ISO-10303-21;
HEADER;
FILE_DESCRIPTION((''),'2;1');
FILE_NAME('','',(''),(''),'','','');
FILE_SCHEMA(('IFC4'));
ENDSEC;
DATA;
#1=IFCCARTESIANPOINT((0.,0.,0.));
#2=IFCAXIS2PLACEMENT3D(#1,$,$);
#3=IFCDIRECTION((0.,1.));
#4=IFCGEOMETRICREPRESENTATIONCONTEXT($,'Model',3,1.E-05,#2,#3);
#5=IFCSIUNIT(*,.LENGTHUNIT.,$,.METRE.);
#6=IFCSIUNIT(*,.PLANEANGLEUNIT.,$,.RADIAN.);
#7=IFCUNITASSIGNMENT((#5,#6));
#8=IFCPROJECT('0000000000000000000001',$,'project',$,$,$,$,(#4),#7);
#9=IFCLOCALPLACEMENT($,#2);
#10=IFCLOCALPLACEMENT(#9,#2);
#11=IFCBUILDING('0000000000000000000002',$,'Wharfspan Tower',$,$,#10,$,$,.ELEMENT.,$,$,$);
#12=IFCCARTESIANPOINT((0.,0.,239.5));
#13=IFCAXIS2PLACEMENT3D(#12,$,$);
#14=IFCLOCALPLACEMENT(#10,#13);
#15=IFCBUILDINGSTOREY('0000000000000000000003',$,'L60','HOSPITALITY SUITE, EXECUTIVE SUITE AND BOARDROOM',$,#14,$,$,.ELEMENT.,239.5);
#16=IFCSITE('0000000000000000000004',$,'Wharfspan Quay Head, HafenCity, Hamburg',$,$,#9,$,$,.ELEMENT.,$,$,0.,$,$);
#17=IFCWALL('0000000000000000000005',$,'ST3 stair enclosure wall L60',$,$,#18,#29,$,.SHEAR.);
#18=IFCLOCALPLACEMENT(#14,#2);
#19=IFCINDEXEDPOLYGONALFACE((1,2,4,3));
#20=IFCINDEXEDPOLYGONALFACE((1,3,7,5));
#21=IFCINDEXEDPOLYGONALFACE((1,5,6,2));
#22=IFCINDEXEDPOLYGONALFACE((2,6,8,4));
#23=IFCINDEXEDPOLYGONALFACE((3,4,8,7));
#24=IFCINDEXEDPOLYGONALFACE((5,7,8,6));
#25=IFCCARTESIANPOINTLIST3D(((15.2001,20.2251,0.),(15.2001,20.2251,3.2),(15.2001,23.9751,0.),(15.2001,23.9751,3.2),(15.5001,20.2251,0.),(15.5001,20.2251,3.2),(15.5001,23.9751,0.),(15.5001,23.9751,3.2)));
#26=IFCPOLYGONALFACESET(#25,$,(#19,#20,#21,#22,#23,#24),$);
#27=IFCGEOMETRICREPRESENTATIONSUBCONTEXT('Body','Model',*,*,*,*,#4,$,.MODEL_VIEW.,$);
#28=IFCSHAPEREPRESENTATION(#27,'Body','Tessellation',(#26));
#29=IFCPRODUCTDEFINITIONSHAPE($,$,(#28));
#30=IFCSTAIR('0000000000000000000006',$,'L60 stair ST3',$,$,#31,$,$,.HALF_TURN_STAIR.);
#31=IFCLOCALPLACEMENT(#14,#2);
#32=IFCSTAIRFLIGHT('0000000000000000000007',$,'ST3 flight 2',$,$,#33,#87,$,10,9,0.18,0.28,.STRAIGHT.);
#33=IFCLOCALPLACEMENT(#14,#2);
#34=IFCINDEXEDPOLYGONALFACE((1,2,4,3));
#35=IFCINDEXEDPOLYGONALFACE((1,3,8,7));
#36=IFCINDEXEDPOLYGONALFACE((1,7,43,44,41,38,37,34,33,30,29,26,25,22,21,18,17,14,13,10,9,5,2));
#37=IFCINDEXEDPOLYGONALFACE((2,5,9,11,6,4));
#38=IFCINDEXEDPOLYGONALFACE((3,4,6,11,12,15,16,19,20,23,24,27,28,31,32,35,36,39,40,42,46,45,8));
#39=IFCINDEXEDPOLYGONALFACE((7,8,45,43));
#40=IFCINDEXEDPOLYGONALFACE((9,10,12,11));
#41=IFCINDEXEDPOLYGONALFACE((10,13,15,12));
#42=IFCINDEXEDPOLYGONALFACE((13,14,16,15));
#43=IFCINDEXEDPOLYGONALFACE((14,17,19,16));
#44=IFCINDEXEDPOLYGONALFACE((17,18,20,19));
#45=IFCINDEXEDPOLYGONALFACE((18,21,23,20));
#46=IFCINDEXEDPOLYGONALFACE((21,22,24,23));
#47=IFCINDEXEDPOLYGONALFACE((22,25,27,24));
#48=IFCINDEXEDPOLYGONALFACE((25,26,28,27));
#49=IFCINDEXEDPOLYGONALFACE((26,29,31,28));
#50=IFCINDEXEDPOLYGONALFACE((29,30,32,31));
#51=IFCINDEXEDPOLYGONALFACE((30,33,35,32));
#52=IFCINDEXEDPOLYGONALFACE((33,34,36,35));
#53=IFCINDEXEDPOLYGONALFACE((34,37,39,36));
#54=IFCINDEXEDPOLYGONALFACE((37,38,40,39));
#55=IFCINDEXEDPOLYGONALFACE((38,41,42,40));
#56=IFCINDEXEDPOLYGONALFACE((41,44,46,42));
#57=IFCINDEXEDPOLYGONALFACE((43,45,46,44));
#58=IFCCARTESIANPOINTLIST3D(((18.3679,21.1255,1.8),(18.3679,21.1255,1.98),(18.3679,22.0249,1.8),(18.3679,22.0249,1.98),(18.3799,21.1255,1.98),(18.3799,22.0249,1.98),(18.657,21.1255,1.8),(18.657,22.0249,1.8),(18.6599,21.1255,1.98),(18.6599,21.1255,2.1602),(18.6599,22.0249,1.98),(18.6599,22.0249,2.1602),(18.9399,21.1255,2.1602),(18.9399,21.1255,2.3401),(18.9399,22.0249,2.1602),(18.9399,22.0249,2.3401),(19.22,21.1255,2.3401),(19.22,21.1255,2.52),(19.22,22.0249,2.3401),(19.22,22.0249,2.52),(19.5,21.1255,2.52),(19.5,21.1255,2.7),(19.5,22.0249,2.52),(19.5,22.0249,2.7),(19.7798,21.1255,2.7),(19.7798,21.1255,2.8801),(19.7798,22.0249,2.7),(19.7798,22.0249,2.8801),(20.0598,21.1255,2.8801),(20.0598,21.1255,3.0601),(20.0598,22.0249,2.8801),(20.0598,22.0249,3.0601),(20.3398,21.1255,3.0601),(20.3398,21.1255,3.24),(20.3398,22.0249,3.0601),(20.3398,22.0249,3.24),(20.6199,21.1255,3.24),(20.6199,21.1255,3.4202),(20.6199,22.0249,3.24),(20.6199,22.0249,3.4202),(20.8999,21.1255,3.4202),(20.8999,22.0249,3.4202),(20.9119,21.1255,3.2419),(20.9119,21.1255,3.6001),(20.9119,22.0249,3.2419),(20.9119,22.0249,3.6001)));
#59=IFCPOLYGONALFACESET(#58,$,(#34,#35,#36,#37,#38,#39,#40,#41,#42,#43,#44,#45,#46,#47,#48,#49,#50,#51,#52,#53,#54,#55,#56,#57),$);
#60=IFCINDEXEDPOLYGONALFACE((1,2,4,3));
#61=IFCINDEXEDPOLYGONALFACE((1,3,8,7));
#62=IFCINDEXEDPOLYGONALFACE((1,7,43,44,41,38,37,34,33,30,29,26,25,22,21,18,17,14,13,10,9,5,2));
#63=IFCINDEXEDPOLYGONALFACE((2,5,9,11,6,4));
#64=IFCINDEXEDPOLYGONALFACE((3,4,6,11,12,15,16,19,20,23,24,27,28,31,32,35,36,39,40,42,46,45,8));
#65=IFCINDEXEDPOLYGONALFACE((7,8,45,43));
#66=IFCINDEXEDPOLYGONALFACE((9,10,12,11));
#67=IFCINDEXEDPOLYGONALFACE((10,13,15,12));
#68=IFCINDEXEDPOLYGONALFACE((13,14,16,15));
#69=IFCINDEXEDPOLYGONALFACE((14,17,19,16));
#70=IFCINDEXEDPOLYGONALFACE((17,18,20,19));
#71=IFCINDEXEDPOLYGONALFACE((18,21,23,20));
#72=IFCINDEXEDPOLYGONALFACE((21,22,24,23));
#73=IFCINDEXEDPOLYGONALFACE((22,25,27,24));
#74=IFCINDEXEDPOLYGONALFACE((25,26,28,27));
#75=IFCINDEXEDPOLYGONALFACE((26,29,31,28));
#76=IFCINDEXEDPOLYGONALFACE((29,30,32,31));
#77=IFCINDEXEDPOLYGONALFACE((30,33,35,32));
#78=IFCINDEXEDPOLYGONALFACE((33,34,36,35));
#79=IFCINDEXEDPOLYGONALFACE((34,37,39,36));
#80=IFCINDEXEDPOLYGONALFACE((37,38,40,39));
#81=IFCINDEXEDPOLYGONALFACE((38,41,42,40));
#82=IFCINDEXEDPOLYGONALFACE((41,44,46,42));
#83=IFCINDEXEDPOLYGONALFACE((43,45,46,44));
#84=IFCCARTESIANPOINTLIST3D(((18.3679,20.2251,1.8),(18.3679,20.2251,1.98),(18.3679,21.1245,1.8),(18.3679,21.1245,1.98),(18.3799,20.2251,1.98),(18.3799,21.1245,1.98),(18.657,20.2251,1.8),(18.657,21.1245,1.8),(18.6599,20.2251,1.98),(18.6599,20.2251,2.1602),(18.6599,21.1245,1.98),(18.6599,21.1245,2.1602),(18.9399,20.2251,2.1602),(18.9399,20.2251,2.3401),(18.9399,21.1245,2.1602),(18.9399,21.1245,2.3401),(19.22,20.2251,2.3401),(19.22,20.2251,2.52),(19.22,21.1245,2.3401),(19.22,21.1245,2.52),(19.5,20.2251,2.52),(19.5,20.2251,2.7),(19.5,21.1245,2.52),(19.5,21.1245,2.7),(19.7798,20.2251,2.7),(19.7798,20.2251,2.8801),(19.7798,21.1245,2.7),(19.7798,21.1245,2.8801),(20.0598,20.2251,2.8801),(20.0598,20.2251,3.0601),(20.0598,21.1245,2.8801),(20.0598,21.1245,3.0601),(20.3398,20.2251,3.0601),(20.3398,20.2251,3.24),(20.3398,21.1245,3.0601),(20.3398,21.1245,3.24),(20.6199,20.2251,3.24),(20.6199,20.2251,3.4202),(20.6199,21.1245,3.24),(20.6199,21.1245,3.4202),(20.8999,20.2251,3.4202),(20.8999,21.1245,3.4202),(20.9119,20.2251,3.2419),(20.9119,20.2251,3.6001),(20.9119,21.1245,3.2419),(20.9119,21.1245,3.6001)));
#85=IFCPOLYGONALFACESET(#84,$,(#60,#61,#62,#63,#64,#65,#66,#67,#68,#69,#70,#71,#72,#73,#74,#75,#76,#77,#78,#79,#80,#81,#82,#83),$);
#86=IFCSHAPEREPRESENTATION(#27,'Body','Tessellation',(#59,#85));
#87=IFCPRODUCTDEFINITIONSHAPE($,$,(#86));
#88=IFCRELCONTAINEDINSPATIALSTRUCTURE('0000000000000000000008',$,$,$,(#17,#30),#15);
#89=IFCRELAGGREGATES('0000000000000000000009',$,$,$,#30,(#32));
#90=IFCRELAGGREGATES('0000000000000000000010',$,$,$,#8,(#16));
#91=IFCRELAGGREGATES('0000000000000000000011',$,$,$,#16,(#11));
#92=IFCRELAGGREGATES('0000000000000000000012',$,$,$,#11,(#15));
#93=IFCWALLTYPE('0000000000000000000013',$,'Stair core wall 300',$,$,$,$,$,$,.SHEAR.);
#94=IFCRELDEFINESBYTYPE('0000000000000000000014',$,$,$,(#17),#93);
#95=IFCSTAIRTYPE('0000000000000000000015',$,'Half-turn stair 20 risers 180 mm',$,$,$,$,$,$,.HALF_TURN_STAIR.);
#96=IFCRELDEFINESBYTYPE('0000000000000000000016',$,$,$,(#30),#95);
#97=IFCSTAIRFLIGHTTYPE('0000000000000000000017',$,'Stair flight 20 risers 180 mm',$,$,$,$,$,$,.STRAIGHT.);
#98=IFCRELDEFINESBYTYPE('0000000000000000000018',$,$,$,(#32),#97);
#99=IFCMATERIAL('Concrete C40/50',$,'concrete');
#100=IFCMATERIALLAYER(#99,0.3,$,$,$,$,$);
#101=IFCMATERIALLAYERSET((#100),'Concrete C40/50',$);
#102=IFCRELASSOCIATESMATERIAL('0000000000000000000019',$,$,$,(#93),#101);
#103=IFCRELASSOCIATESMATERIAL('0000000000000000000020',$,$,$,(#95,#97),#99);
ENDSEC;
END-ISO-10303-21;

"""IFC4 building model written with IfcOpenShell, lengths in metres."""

from ifc_helpers import new_model, si_unit, direction, frame, frame_2d, origin, place, context, subcontext, project, spatial, polyline, rectangle, outline, extrude, material, layer, layer_set, type_object, element, aggregate, save


model = new_model("IFC4")

# Units and contexts
model_context = context("Model", 3, precision=1e-05, world=origin(), true_north=direction((0.0, 1.0)))
body_context = subcontext(model_context, "Body", "Model", "MODEL_VIEW")
ifc_project = project(units=[si_unit("LENGTHUNIT", "METRE"), si_unit("PLANEANGLEUNIT", "RADIAN")], contexts=[model_context])

# Site, building, storey
site_placement = place(None, origin())
site = spatial("IfcSite", under=ifc_project, at=site_placement, Name="Wharfspan Quay Head, HafenCity, Hamburg", CompositionType="ELEMENT", RefElevation=0.0)
building_placement = place(site_placement, origin())
building = spatial("IfcBuilding", under=site, at=building_placement, Name="Wharfspan Tower", CompositionType="ELEMENT")
storey_placement = place(building_placement, frame((0.0, 0.0, 239.5)))
storey = spatial("IfcBuildingStorey", under=building, at=storey_placement, Name="L60", Description="HOSPITALITY SUITE, EXECUTIVE SUITE AND BOARDROOM", CompositionType="ELEMENT", Elevation=239.5)

# Shared definitions
ifc_material_1 = material(Name="Concrete C40/50", Category="concrete")

# Wall
ifc_layer_1 = layer(ifc_material_1, 0.3)
ifc_layer_set_1 = layer_set([ifc_layer_1], Name="Concrete C40/50")
wall_type_1 = type_object("IfcWallType", Name="Stair core wall 300", PredefinedType="SHEAR", material=ifc_layer_set_1)
wall_1_placement = place(storey_placement, frame((15.3501, 20.2251, 0.0), z_axis=(0.0, 0.0, 1.0), x_axis=(0.0, 1.0, 0.0)))
element("IfcWall", 1, at=wall_1_placement, inside=storey, type_object=wall_type_1, Name="ST3 stair enclosure wall L60", PredefinedType="SHEAR", context=body_context, shape_type="SweptSolid", body=[
    extrude(rectangle(XDim=3.75, YDim=0.3, at=frame_2d((1.875, 0.0))), origin(), (0.0, 0.0, 1.0), 3.2),
])

# Stair, stair flight
stair_type = type_object("IfcStairType", Name="Half-turn stair 20 risers 180 mm", PredefinedType="HALF_TURN_STAIR", material=ifc_material_1)
stair_placement = place(storey_placement, origin())
stair = element("IfcStair", 2, at=stair_placement, inside=storey, type_object=stair_type, Name="L60 stair ST3", PredefinedType="HALF_TURN_STAIR")
stair_flight_type = type_object("IfcStairFlightType", Name="Stair flight 20 risers 180 mm", PredefinedType="STRAIGHT", material=ifc_material_1)
stair_flight_placement = place(storey_placement, frame((18.3799, 21.125, 1.8), z_axis=(0.0, 0.0, 1.0), x_axis=(1.0, 0.0, 0.0)))
stair_flight = element("IfcStairFlight", 3, at=stair_flight_placement, type_object=stair_flight_type, Name="ST3 flight 2", NumberOfRisers=10, NumberOfTreads=9, PredefinedType="STRAIGHT", RiserHeight=0.18, TreadLength=0.28, context=body_context, shape_type="SweptSolid", body=[
    extrude(outline(polyline([(-0.012, 0.0), (-0.012, 0.1799), (0.0, 0.1799), (0.28, 0.1799), (0.28, 0.3601), (0.5601, 0.3601), (0.5601, 0.54), (0.8401, 0.54), (0.8401, 0.72), (1.1201, 0.72), (1.1201, 0.8999), (1.3999, 0.8999), (1.3999, 1.0801), (1.6799, 1.0801), (1.6799, 1.26), (1.96, 1.26), (1.96, 1.4399), (2.24, 1.4399), (2.24, 1.6201), (2.52, 1.6201), (2.532, 1.8), (2.532, 1.4419), (0.2771, 0.0), (-0.012, 0.0)])), frame((0.0, 0.8999, 0.0), z_axis=(0.0, -1.0, 0.0), x_axis=(1.0, 0.0, 0.0)), (0.0, 0.0, 1.0), 0.8994),
    extrude(outline(polyline([(-0.012, 0.0), (-0.012, 0.1799), (0.0, 0.1799), (0.28, 0.1799), (0.28, 0.3601), (0.5601, 0.3601), (0.5601, 0.54), (0.8401, 0.54), (0.8401, 0.72), (1.1201, 0.72), (1.1201, 0.8999), (1.3999, 0.8999), (1.3999, 1.0801), (1.6799, 1.0801), (1.6799, 1.26), (1.96, 1.26), (1.96, 1.4399), (2.24, 1.4399), (2.24, 1.6201), (2.52, 1.6201), (2.532, 1.8), (2.532, 1.4419), (0.2771, 0.0), (-0.012, 0.0)])), frame((0.0, -0.0005, 0.0), z_axis=(0.0, -1.0, 0.0), x_axis=(1.0, 0.0, 0.0)), (0.0, 0.0, 1.0), 0.8994),
])
aggregate(stair, [stair_flight])

save(model, "model.ifc")
